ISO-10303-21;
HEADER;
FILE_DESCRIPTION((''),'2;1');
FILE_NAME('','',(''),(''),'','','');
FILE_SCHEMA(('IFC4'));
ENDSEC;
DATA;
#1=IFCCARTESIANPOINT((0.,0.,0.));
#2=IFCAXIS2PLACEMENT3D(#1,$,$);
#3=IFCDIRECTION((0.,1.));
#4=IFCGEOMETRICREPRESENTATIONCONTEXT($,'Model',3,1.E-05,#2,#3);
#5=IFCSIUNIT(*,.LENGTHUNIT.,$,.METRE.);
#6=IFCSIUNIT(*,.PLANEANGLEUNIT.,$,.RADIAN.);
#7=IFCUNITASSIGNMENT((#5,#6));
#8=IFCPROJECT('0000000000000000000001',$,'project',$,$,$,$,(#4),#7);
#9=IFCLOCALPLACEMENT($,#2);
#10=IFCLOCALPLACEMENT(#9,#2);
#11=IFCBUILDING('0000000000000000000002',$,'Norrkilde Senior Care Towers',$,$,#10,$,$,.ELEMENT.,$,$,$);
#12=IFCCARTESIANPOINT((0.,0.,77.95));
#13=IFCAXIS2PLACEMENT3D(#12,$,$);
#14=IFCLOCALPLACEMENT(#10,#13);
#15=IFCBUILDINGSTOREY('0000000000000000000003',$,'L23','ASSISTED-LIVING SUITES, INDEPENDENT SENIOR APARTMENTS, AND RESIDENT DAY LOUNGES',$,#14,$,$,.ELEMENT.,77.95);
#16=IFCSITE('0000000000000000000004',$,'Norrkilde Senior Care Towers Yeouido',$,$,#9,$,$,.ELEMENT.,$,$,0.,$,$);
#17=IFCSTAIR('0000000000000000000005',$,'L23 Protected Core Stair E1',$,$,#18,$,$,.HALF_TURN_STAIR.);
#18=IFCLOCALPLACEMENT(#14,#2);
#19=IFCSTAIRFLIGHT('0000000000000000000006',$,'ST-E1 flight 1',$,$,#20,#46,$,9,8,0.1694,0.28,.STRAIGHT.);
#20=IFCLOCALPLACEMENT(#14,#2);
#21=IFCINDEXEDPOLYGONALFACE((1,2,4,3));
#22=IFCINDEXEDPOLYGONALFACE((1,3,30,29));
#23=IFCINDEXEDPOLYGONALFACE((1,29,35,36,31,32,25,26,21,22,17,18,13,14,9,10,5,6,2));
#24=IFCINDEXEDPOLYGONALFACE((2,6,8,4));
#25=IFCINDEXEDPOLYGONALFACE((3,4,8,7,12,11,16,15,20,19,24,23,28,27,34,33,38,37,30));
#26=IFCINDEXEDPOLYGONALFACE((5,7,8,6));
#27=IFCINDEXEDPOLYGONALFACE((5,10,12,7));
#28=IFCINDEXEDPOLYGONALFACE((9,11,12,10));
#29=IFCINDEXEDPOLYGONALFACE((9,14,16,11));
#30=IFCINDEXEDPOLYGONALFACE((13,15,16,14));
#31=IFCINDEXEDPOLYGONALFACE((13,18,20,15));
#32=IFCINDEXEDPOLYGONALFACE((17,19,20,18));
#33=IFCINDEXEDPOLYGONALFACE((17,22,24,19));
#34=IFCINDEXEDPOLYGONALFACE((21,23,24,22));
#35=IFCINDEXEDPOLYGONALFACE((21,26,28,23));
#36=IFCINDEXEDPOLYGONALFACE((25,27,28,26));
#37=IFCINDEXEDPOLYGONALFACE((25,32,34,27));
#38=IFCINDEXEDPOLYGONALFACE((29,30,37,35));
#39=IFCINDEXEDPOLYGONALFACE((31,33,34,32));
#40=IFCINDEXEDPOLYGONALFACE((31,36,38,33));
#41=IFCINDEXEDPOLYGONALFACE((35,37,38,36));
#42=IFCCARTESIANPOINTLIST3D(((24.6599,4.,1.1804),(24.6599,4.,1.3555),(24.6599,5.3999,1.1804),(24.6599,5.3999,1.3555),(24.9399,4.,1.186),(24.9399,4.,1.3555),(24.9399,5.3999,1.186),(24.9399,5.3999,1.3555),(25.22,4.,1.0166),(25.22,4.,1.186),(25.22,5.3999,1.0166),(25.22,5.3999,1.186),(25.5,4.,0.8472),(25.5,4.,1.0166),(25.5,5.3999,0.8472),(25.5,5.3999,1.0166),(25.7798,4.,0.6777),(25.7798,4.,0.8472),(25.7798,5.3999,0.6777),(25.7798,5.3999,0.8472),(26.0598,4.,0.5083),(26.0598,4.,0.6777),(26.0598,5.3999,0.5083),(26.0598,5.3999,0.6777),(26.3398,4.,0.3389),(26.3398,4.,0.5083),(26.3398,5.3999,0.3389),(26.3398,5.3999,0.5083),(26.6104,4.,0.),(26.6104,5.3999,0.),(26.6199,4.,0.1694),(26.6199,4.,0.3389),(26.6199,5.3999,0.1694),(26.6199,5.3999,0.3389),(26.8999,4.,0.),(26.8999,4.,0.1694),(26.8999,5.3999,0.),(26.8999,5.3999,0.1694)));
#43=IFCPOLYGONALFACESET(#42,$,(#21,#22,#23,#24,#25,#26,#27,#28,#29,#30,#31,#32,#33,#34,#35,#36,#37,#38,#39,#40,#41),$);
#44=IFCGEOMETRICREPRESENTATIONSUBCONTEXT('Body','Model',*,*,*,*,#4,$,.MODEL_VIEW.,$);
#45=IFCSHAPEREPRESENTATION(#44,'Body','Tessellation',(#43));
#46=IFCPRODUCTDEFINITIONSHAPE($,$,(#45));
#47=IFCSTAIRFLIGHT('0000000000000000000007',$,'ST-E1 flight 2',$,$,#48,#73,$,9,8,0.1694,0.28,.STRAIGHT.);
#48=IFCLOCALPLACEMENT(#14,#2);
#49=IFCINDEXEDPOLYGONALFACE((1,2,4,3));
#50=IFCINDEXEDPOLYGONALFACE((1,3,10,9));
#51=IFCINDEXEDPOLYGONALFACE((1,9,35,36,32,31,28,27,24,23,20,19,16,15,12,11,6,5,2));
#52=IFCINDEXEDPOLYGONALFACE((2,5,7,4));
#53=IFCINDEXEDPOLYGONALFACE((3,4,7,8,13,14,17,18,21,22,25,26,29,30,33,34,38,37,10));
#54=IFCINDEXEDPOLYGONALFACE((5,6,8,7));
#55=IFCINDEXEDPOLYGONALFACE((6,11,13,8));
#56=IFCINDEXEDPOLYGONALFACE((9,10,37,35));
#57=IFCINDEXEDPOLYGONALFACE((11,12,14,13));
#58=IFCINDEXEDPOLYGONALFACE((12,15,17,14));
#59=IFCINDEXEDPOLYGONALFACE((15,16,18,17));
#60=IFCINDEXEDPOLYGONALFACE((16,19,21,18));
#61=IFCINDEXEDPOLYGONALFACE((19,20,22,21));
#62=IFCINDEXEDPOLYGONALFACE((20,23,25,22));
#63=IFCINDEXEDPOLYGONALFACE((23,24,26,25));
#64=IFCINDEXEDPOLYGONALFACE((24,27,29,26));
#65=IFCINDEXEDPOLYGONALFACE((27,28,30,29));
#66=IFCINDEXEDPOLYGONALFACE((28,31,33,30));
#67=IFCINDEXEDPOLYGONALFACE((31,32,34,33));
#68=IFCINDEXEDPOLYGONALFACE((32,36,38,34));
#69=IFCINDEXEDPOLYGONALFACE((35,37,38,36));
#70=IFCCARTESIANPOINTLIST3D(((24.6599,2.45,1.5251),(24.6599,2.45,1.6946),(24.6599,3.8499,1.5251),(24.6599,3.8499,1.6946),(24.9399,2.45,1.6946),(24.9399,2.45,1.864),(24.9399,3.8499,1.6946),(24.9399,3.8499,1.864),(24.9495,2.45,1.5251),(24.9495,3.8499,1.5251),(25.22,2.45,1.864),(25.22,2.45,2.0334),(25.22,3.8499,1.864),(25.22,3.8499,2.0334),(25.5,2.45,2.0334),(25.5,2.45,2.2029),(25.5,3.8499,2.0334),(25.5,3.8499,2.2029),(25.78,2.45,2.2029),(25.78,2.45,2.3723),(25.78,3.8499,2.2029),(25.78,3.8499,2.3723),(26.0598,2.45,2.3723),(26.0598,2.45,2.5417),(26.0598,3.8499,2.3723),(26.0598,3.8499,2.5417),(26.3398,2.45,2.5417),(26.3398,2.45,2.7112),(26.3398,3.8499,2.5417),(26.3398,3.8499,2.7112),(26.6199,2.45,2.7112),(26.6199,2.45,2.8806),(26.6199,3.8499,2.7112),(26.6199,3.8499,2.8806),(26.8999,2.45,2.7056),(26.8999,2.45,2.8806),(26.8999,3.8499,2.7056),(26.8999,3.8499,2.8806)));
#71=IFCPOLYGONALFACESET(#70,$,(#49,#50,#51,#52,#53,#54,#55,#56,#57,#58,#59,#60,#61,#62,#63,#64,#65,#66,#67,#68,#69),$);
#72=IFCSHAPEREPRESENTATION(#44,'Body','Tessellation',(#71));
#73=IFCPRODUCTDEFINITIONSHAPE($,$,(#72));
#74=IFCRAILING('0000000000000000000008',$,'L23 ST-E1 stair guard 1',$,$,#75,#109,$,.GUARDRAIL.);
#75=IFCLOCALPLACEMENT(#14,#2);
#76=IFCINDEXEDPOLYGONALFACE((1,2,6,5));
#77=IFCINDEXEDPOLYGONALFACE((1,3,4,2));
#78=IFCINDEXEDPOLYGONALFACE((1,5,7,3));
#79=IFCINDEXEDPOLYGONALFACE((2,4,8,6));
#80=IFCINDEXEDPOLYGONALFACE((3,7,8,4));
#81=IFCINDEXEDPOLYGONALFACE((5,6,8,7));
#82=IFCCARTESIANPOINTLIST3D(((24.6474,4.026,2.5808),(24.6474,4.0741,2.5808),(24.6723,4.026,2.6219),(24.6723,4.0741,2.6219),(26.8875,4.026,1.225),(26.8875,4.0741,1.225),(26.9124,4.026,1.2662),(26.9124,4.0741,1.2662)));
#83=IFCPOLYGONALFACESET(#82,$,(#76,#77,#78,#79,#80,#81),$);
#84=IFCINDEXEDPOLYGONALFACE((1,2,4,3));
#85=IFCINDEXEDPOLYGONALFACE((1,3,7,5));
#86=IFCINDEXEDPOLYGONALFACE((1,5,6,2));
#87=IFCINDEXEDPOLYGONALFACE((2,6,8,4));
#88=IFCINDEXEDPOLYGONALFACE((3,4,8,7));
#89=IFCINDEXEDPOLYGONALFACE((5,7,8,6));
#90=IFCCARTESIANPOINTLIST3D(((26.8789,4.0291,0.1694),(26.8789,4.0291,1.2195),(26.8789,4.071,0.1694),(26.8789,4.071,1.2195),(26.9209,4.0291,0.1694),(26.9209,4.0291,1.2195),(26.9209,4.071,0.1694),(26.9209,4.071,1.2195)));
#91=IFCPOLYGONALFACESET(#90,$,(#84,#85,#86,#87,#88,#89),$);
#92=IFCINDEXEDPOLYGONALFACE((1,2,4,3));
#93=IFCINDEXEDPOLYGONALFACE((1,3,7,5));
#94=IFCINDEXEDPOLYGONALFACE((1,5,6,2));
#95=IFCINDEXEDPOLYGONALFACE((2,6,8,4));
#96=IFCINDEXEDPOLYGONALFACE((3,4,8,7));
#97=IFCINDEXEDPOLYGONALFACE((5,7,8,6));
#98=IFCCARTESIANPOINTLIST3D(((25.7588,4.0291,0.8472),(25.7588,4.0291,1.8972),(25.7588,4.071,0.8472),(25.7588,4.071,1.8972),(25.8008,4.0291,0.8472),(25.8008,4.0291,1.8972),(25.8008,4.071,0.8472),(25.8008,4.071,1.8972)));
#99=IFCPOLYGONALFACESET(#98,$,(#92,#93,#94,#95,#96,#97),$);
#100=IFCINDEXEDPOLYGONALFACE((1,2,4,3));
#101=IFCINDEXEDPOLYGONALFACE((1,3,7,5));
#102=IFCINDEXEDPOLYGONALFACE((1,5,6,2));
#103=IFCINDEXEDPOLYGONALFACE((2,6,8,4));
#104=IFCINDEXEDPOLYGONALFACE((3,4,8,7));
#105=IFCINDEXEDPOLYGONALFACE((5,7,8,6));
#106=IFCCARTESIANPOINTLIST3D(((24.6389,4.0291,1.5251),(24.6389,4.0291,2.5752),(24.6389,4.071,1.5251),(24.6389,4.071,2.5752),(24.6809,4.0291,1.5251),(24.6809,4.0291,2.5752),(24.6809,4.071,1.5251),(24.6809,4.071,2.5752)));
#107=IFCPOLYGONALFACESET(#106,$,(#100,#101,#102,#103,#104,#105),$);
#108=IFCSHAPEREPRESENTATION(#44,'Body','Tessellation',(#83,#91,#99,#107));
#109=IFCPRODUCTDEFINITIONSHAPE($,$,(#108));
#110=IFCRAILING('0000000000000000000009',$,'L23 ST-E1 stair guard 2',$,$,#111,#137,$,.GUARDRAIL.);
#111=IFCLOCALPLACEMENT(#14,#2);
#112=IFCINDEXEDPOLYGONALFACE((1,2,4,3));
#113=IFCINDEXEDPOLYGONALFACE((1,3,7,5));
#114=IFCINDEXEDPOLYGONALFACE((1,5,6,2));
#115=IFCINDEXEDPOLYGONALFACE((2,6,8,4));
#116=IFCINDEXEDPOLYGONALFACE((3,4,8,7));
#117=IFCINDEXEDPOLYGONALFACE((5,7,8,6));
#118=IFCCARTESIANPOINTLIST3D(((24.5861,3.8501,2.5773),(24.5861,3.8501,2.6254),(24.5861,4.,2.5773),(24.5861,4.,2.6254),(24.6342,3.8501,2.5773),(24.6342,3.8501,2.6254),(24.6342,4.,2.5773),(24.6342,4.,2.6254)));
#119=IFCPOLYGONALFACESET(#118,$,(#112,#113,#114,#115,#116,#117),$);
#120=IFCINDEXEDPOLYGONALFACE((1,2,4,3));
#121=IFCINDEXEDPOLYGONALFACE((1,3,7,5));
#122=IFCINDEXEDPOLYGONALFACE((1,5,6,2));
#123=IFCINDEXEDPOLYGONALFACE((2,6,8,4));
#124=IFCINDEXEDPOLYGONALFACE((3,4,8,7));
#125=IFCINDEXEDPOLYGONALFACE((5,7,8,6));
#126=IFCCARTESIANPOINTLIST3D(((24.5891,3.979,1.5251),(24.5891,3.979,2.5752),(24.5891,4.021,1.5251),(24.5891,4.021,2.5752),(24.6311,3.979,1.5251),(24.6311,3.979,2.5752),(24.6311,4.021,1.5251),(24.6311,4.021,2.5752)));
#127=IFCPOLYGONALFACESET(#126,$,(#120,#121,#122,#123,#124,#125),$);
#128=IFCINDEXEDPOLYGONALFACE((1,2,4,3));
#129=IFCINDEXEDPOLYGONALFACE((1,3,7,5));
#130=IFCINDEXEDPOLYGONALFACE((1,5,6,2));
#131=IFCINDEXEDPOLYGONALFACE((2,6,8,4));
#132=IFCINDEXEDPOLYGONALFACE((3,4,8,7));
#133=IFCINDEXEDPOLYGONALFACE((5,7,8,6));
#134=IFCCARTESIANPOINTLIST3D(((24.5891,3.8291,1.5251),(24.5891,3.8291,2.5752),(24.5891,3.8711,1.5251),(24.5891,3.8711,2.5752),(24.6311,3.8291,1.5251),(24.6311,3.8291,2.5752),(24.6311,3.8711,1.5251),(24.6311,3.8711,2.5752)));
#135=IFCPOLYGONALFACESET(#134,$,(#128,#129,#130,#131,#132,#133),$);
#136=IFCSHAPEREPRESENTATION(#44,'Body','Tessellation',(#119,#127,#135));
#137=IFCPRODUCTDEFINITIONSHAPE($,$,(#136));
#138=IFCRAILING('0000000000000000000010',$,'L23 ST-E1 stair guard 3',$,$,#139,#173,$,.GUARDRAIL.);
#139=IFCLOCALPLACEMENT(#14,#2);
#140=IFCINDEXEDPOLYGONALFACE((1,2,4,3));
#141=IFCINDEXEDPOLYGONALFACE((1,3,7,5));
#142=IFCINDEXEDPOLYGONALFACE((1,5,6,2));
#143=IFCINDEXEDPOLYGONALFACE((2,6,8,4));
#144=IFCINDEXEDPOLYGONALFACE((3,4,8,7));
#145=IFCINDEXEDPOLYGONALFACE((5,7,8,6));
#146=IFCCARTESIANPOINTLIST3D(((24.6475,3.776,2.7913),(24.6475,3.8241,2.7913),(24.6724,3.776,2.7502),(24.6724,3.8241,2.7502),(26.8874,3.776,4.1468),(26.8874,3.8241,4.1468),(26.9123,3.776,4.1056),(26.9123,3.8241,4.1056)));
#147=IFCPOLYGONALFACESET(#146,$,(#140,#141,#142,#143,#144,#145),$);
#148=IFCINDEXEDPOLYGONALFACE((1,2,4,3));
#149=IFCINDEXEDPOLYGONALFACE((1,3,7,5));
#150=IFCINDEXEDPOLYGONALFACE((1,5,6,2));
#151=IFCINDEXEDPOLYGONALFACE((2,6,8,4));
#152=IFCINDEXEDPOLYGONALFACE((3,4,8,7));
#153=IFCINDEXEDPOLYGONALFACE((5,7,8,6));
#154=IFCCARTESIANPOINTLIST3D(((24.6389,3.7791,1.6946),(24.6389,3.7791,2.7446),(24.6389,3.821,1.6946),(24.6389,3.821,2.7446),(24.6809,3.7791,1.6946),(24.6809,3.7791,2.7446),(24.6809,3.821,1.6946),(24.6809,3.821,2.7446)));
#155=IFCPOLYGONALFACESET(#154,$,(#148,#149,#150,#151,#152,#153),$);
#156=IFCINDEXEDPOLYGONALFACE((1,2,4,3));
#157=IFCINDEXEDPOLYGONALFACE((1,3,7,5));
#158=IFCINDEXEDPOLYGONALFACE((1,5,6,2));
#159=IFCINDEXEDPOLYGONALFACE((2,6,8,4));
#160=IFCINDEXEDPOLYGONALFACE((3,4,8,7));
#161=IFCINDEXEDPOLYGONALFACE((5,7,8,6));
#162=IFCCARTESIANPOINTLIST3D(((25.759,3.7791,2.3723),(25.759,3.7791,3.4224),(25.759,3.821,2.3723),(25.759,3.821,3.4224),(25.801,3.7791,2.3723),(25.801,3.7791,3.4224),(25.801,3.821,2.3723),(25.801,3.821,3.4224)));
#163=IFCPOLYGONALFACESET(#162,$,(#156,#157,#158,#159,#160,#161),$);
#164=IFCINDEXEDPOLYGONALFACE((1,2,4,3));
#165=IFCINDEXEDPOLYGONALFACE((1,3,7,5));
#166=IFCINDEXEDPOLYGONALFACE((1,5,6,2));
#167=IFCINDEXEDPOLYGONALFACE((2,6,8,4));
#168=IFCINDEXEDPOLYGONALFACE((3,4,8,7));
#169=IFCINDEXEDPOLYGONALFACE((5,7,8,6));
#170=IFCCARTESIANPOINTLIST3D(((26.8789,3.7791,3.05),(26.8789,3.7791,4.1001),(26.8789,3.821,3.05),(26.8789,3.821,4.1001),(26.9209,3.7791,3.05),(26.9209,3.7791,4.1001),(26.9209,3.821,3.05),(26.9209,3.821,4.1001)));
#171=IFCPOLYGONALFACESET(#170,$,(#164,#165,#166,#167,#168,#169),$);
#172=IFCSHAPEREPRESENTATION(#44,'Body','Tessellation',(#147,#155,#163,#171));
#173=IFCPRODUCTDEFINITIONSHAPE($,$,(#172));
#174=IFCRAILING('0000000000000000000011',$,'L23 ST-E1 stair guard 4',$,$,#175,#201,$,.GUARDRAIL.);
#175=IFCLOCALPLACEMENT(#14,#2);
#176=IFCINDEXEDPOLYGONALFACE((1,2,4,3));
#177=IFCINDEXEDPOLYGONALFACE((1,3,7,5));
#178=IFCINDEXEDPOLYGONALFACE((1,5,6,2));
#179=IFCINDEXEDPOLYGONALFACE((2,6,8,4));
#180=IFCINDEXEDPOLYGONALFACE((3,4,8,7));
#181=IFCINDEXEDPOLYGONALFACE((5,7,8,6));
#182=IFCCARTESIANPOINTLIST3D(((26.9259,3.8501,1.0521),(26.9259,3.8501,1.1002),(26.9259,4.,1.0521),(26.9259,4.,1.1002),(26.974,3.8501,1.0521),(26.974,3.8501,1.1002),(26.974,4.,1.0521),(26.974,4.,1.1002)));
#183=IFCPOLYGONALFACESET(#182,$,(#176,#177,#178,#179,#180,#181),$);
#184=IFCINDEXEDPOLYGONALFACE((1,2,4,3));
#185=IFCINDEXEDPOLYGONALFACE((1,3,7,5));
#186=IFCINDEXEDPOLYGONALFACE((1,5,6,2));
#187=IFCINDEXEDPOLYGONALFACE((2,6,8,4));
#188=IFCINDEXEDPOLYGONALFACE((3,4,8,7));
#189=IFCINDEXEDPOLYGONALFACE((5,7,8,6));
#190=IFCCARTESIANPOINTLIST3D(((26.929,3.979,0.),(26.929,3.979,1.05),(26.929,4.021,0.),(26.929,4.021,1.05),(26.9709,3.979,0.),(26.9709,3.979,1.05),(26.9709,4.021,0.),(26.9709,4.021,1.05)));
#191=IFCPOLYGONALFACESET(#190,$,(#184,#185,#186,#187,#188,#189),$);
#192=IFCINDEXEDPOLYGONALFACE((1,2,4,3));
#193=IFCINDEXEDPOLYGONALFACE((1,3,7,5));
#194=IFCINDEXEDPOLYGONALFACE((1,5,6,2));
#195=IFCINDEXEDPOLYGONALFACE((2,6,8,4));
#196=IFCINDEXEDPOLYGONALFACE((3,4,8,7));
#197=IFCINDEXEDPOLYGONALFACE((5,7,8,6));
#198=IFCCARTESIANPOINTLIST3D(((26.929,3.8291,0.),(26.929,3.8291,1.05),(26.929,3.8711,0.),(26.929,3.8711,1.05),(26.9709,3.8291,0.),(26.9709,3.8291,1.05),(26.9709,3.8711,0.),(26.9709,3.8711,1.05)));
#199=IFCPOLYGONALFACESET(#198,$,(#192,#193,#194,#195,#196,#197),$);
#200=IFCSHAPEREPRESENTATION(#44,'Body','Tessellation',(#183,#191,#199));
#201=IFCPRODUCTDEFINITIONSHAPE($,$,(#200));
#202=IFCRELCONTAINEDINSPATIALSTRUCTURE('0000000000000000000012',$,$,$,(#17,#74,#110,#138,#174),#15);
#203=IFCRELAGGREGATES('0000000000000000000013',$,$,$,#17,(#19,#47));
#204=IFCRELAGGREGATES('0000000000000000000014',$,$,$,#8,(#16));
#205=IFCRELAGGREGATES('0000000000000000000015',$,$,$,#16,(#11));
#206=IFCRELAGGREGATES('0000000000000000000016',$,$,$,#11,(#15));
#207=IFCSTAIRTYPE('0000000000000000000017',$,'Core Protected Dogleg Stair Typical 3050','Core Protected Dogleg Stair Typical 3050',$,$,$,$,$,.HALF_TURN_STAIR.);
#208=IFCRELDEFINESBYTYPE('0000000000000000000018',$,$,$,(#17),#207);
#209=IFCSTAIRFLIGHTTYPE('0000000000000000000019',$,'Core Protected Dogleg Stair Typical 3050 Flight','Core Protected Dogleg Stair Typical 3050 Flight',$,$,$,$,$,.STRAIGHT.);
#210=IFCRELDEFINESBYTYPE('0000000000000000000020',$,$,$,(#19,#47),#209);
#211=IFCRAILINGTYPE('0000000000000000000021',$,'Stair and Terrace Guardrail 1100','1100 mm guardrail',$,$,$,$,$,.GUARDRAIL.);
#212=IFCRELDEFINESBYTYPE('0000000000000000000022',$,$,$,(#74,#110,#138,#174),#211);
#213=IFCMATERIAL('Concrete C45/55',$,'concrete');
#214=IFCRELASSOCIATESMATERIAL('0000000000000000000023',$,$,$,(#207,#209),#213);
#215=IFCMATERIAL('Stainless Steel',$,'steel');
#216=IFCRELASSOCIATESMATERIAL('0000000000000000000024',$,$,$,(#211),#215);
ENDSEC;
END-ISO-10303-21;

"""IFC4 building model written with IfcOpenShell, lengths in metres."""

from ifc_helpers import new_model, si_unit, direction, frame, origin, origin_2d, place, context, subcontext, project, spatial, polyline, rectangle, outline, extrude, material, type_object, element, aggregate, save


model = new_model("IFC4")

# Units and contexts
model_context = context("Model", 3, precision=1e-05, world=origin(), true_north=direction((0.0, 1.0)))
body_context = subcontext(model_context, "Body", "Model", "MODEL_VIEW")
ifc_project = project(units=[si_unit("LENGTHUNIT", "METRE"), si_unit("PLANEANGLEUNIT", "RADIAN")], contexts=[model_context])

# Site, building, storey
site_placement = place(None, origin())
site = spatial("IfcSite", under=ifc_project, at=site_placement, Name="Norrkilde Senior Care Towers Yeouido", CompositionType="ELEMENT", RefElevation=0.0)
building_placement = place(site_placement, origin())
building = spatial("IfcBuilding", under=site, at=building_placement, Name="Norrkilde Senior Care Towers", CompositionType="ELEMENT")
storey_placement = place(building_placement, frame((0.0, 0.0, 77.95)))
storey = spatial("IfcBuildingStorey", under=building, at=storey_placement, Name="L23", Description="ASSISTED-LIVING SUITES, INDEPENDENT SENIOR APARTMENTS, AND RESIDENT DAY LOUNGES", CompositionType="ELEMENT", Elevation=77.95)

# Shared definitions
ifc_material_1 = material(Name="Concrete C45/55", Category="concrete")

# Stair, stair flights
stair_type = type_object("IfcStairType", Name="Core Protected Dogleg Stair Typical 3050", Description="Core Protected Dogleg Stair Typical 3050", PredefinedType="HALF_TURN_STAIR", material=ifc_material_1)
stair_placement = place(storey_placement, origin())
stair = element("IfcStair", 1, at=stair_placement, inside=storey, type_object=stair_type, Name="L23 Protected Core Stair E1", PredefinedType="HALF_TURN_STAIR")
stair_flight_type = type_object("IfcStairFlightType", Name="Core Protected Dogleg Stair Typical 3050 Flight", Description="Core Protected Dogleg Stair Typical 3050 Flight", PredefinedType="STRAIGHT", material=ifc_material_1)
stair_flight_1_placement = place(storey_placement, frame((26.8999, 4.7, 0.0), z_axis=(0.0, 0.0, 1.0), x_axis=(-1.0, 0.0, 0.0)))
stair_flight_1 = element("IfcStairFlight", 2, at=stair_flight_1_placement, type_object=stair_flight_type, Name="ST-E1 flight 1", NumberOfRisers=9, NumberOfTreads=8, PredefinedType="STRAIGHT", RiserHeight=0.1694, TreadLength=0.28, context=body_context, shape_type="SweptSolid", body=[
    extrude(outline(polyline([(0.0, 0.0), (0.0, 0.1694), (0.28, 0.1694), (0.28, 0.3389), (0.5601, 0.3389), (0.5601, 0.5083), (0.8401, 0.5083), (0.8401, 0.6777), (1.1201, 0.6777), (1.1201, 0.8472), (1.3999, 0.8472), (1.3999, 1.0166), (1.6799, 1.0166), (1.6799, 1.186), (1.96, 1.186), (1.96, 1.3555), (2.24, 1.3555), (2.24, 1.5249), (2.24, 1.1804), (0.2896, 0.0), (0.0, 0.0)])), frame((0.0, 0.7, 0.0), z_axis=(0.0, -1.0, 0.0), x_axis=(1.0, 0.0, 0.0)), (0.0, 0.0, 1.0), 1.3999),
])
stair_flight_2_placement = place(storey_placement, frame((24.6599, 3.1499, 1.5251), z_axis=(0.0, 0.0, 1.0), x_axis=(1.0, 0.0, 0.0)))
stair_flight_2 = element("IfcStairFlight", 3, at=stair_flight_2_placement, type_object=stair_flight_type, Name="ST-E1 flight 2", NumberOfRisers=9, NumberOfTreads=8, PredefinedType="STRAIGHT", RiserHeight=0.1694, TreadLength=0.28, context=body_context, shape_type="SweptSolid", body=[
    extrude(outline(polyline([(0.0, 0.0), (0.0, 0.1694), (0.28, 0.1694), (0.28, 0.3389), (0.5601, 0.3389), (0.5601, 0.5083), (0.8401, 0.5083), (0.8401, 0.6777), (1.1201, 0.6777), (1.1201, 0.8472), (1.3999, 0.8472), (1.3999, 1.0166), (1.6799, 1.0166), (1.6799, 1.186), (1.96, 1.186), (1.96, 1.3555), (2.24, 1.3555), (2.24, 1.5249), (2.24, 1.1804), (0.2896, 0.0), (0.0, 0.0)])), frame((0.0, 0.7, 0.0), z_axis=(0.0, -1.0, 0.0), x_axis=(1.0, 0.0, 0.0)), (0.0, 0.0, 1.0), 1.3999),
])
aggregate(stair, [stair_flight_1, stair_flight_2])

# Railings
ifc_material_2 = material(Name="Stainless Steel", Category="steel")
railing_type_1 = type_object("IfcRailingType", Name="Stair and Terrace Guardrail 1100", Description="1100 mm guardrail", PredefinedType="GUARDRAIL", material=ifc_material_2)
railing_1_placement = place(storey_placement, frame((26.8999, 4.05, 0.1694)))
element("IfcRailing", 4, at=railing_1_placement, inside=storey, type_object=railing_type_1, Name="L23 ST-E1 stair guard 1", PredefinedType="GUARDRAIL", context=body_context, shape_type="SweptSolid", body=[
    extrude(rectangle(XDim=0.0481, YDim=0.0481, at=origin_2d()), frame((0.0, 0.0, 1.0762), z_axis=(-0.855512, 0.0, 0.517783), x_axis=(0.0, -1.0, 0.0)), (0.0, 0.0, 1.0), 2.6184),
    extrude(rectangle(XDim=0.042, YDim=0.042, at=origin_2d()), origin(), (0.0, 0.0, 1.0), 1.05),
    extrude(rectangle(XDim=0.042, YDim=0.042, at=origin_2d()), frame((-1.1201, 0.0, 0.6777)), (0.0, 0.0, 1.0), 1.05),
    extrude(rectangle(XDim=0.042, YDim=0.042, at=origin_2d()), frame((-2.24, 0.0, 1.3557)), (0.0, 0.0, 1.0), 1.05),
])
railing_2_placement = place(storey_placement, frame((24.6101, 4.0, 1.5251)))
element("IfcRailing", 5, at=railing_2_placement, inside=storey, type_object=railing_type_1, Name="L23 ST-E1 stair guard 2", PredefinedType="GUARDRAIL", context=body_context, shape_type="SweptSolid", body=[
    extrude(rectangle(XDim=0.0481, YDim=0.0481, at=origin_2d()), frame((0.0, 0.0, 1.0762), z_axis=(0.0, -1.0, 0.0), x_axis=(1.0, 0.0, 0.0)), (0.0, 0.0, 1.0), 0.1499),
    extrude(rectangle(XDim=0.042, YDim=0.042, at=origin_2d()), origin(), (0.0, 0.0, 1.0), 1.05),
    extrude(rectangle(XDim=0.042, YDim=0.042, at=origin_2d()), frame((0.0, -0.1499, 0.0)), (0.0, 0.0, 1.0), 1.05),
])
railing_3_placement = place(storey_placement, frame((24.6599, 3.8, 1.6946)))
element("IfcRailing", 6, at=railing_3_placement, inside=storey, type_object=railing_type_1, Name="L23 ST-E1 stair guard 3", PredefinedType="GUARDRAIL", context=body_context, shape_type="SweptSolid", body=[
    extrude(rectangle(XDim=0.0481, YDim=0.0481, at=origin_2d()), frame((0.0, 0.0, 1.0762), z_axis=(0.855553, 0.0, 0.517715), x_axis=(0.0, 1.0, 0.0)), (0.0, 0.0, 1.0), 2.6182),
    extrude(rectangle(XDim=0.042, YDim=0.042, at=origin_2d()), origin(), (0.0, 0.0, 1.0), 1.05),
    extrude(rectangle(XDim=0.042, YDim=0.042, at=origin_2d()), frame((1.1201, 0.0, 0.6777)), (0.0, 0.0, 1.0), 1.05),
    extrude(rectangle(XDim=0.042, YDim=0.042, at=origin_2d()), frame((2.24, 0.0, 1.3555)), (0.0, 0.0, 1.0), 1.05),
])
railing_4_placement = place(storey_placement, frame((26.95, 4.0, 0.0)))
element("IfcRailing", 7, at=railing_4_placement, inside=storey, type_object=railing_type_1, Name="L23 ST-E1 stair guard 4", PredefinedType="GUARDRAIL", context=body_context, shape_type="SweptSolid", body=[
    extrude(rectangle(XDim=0.0481, YDim=0.0481, at=origin_2d()), frame((0.0, 0.0, 1.0762), z_axis=(0.0, -1.0, 0.0), x_axis=(1.0, 0.0, 0.0)), (0.0, 0.0, 1.0), 0.1499),
    extrude(rectangle(XDim=0.042, YDim=0.042, at=origin_2d()), origin(), (0.0, 0.0, 1.0), 1.05),
    extrude(rectangle(XDim=0.042, YDim=0.042, at=origin_2d()), frame((0.0, -0.1499, 0.0)), (0.0, 0.0, 1.0), 1.05),
])

save(model, "model.ifc")
